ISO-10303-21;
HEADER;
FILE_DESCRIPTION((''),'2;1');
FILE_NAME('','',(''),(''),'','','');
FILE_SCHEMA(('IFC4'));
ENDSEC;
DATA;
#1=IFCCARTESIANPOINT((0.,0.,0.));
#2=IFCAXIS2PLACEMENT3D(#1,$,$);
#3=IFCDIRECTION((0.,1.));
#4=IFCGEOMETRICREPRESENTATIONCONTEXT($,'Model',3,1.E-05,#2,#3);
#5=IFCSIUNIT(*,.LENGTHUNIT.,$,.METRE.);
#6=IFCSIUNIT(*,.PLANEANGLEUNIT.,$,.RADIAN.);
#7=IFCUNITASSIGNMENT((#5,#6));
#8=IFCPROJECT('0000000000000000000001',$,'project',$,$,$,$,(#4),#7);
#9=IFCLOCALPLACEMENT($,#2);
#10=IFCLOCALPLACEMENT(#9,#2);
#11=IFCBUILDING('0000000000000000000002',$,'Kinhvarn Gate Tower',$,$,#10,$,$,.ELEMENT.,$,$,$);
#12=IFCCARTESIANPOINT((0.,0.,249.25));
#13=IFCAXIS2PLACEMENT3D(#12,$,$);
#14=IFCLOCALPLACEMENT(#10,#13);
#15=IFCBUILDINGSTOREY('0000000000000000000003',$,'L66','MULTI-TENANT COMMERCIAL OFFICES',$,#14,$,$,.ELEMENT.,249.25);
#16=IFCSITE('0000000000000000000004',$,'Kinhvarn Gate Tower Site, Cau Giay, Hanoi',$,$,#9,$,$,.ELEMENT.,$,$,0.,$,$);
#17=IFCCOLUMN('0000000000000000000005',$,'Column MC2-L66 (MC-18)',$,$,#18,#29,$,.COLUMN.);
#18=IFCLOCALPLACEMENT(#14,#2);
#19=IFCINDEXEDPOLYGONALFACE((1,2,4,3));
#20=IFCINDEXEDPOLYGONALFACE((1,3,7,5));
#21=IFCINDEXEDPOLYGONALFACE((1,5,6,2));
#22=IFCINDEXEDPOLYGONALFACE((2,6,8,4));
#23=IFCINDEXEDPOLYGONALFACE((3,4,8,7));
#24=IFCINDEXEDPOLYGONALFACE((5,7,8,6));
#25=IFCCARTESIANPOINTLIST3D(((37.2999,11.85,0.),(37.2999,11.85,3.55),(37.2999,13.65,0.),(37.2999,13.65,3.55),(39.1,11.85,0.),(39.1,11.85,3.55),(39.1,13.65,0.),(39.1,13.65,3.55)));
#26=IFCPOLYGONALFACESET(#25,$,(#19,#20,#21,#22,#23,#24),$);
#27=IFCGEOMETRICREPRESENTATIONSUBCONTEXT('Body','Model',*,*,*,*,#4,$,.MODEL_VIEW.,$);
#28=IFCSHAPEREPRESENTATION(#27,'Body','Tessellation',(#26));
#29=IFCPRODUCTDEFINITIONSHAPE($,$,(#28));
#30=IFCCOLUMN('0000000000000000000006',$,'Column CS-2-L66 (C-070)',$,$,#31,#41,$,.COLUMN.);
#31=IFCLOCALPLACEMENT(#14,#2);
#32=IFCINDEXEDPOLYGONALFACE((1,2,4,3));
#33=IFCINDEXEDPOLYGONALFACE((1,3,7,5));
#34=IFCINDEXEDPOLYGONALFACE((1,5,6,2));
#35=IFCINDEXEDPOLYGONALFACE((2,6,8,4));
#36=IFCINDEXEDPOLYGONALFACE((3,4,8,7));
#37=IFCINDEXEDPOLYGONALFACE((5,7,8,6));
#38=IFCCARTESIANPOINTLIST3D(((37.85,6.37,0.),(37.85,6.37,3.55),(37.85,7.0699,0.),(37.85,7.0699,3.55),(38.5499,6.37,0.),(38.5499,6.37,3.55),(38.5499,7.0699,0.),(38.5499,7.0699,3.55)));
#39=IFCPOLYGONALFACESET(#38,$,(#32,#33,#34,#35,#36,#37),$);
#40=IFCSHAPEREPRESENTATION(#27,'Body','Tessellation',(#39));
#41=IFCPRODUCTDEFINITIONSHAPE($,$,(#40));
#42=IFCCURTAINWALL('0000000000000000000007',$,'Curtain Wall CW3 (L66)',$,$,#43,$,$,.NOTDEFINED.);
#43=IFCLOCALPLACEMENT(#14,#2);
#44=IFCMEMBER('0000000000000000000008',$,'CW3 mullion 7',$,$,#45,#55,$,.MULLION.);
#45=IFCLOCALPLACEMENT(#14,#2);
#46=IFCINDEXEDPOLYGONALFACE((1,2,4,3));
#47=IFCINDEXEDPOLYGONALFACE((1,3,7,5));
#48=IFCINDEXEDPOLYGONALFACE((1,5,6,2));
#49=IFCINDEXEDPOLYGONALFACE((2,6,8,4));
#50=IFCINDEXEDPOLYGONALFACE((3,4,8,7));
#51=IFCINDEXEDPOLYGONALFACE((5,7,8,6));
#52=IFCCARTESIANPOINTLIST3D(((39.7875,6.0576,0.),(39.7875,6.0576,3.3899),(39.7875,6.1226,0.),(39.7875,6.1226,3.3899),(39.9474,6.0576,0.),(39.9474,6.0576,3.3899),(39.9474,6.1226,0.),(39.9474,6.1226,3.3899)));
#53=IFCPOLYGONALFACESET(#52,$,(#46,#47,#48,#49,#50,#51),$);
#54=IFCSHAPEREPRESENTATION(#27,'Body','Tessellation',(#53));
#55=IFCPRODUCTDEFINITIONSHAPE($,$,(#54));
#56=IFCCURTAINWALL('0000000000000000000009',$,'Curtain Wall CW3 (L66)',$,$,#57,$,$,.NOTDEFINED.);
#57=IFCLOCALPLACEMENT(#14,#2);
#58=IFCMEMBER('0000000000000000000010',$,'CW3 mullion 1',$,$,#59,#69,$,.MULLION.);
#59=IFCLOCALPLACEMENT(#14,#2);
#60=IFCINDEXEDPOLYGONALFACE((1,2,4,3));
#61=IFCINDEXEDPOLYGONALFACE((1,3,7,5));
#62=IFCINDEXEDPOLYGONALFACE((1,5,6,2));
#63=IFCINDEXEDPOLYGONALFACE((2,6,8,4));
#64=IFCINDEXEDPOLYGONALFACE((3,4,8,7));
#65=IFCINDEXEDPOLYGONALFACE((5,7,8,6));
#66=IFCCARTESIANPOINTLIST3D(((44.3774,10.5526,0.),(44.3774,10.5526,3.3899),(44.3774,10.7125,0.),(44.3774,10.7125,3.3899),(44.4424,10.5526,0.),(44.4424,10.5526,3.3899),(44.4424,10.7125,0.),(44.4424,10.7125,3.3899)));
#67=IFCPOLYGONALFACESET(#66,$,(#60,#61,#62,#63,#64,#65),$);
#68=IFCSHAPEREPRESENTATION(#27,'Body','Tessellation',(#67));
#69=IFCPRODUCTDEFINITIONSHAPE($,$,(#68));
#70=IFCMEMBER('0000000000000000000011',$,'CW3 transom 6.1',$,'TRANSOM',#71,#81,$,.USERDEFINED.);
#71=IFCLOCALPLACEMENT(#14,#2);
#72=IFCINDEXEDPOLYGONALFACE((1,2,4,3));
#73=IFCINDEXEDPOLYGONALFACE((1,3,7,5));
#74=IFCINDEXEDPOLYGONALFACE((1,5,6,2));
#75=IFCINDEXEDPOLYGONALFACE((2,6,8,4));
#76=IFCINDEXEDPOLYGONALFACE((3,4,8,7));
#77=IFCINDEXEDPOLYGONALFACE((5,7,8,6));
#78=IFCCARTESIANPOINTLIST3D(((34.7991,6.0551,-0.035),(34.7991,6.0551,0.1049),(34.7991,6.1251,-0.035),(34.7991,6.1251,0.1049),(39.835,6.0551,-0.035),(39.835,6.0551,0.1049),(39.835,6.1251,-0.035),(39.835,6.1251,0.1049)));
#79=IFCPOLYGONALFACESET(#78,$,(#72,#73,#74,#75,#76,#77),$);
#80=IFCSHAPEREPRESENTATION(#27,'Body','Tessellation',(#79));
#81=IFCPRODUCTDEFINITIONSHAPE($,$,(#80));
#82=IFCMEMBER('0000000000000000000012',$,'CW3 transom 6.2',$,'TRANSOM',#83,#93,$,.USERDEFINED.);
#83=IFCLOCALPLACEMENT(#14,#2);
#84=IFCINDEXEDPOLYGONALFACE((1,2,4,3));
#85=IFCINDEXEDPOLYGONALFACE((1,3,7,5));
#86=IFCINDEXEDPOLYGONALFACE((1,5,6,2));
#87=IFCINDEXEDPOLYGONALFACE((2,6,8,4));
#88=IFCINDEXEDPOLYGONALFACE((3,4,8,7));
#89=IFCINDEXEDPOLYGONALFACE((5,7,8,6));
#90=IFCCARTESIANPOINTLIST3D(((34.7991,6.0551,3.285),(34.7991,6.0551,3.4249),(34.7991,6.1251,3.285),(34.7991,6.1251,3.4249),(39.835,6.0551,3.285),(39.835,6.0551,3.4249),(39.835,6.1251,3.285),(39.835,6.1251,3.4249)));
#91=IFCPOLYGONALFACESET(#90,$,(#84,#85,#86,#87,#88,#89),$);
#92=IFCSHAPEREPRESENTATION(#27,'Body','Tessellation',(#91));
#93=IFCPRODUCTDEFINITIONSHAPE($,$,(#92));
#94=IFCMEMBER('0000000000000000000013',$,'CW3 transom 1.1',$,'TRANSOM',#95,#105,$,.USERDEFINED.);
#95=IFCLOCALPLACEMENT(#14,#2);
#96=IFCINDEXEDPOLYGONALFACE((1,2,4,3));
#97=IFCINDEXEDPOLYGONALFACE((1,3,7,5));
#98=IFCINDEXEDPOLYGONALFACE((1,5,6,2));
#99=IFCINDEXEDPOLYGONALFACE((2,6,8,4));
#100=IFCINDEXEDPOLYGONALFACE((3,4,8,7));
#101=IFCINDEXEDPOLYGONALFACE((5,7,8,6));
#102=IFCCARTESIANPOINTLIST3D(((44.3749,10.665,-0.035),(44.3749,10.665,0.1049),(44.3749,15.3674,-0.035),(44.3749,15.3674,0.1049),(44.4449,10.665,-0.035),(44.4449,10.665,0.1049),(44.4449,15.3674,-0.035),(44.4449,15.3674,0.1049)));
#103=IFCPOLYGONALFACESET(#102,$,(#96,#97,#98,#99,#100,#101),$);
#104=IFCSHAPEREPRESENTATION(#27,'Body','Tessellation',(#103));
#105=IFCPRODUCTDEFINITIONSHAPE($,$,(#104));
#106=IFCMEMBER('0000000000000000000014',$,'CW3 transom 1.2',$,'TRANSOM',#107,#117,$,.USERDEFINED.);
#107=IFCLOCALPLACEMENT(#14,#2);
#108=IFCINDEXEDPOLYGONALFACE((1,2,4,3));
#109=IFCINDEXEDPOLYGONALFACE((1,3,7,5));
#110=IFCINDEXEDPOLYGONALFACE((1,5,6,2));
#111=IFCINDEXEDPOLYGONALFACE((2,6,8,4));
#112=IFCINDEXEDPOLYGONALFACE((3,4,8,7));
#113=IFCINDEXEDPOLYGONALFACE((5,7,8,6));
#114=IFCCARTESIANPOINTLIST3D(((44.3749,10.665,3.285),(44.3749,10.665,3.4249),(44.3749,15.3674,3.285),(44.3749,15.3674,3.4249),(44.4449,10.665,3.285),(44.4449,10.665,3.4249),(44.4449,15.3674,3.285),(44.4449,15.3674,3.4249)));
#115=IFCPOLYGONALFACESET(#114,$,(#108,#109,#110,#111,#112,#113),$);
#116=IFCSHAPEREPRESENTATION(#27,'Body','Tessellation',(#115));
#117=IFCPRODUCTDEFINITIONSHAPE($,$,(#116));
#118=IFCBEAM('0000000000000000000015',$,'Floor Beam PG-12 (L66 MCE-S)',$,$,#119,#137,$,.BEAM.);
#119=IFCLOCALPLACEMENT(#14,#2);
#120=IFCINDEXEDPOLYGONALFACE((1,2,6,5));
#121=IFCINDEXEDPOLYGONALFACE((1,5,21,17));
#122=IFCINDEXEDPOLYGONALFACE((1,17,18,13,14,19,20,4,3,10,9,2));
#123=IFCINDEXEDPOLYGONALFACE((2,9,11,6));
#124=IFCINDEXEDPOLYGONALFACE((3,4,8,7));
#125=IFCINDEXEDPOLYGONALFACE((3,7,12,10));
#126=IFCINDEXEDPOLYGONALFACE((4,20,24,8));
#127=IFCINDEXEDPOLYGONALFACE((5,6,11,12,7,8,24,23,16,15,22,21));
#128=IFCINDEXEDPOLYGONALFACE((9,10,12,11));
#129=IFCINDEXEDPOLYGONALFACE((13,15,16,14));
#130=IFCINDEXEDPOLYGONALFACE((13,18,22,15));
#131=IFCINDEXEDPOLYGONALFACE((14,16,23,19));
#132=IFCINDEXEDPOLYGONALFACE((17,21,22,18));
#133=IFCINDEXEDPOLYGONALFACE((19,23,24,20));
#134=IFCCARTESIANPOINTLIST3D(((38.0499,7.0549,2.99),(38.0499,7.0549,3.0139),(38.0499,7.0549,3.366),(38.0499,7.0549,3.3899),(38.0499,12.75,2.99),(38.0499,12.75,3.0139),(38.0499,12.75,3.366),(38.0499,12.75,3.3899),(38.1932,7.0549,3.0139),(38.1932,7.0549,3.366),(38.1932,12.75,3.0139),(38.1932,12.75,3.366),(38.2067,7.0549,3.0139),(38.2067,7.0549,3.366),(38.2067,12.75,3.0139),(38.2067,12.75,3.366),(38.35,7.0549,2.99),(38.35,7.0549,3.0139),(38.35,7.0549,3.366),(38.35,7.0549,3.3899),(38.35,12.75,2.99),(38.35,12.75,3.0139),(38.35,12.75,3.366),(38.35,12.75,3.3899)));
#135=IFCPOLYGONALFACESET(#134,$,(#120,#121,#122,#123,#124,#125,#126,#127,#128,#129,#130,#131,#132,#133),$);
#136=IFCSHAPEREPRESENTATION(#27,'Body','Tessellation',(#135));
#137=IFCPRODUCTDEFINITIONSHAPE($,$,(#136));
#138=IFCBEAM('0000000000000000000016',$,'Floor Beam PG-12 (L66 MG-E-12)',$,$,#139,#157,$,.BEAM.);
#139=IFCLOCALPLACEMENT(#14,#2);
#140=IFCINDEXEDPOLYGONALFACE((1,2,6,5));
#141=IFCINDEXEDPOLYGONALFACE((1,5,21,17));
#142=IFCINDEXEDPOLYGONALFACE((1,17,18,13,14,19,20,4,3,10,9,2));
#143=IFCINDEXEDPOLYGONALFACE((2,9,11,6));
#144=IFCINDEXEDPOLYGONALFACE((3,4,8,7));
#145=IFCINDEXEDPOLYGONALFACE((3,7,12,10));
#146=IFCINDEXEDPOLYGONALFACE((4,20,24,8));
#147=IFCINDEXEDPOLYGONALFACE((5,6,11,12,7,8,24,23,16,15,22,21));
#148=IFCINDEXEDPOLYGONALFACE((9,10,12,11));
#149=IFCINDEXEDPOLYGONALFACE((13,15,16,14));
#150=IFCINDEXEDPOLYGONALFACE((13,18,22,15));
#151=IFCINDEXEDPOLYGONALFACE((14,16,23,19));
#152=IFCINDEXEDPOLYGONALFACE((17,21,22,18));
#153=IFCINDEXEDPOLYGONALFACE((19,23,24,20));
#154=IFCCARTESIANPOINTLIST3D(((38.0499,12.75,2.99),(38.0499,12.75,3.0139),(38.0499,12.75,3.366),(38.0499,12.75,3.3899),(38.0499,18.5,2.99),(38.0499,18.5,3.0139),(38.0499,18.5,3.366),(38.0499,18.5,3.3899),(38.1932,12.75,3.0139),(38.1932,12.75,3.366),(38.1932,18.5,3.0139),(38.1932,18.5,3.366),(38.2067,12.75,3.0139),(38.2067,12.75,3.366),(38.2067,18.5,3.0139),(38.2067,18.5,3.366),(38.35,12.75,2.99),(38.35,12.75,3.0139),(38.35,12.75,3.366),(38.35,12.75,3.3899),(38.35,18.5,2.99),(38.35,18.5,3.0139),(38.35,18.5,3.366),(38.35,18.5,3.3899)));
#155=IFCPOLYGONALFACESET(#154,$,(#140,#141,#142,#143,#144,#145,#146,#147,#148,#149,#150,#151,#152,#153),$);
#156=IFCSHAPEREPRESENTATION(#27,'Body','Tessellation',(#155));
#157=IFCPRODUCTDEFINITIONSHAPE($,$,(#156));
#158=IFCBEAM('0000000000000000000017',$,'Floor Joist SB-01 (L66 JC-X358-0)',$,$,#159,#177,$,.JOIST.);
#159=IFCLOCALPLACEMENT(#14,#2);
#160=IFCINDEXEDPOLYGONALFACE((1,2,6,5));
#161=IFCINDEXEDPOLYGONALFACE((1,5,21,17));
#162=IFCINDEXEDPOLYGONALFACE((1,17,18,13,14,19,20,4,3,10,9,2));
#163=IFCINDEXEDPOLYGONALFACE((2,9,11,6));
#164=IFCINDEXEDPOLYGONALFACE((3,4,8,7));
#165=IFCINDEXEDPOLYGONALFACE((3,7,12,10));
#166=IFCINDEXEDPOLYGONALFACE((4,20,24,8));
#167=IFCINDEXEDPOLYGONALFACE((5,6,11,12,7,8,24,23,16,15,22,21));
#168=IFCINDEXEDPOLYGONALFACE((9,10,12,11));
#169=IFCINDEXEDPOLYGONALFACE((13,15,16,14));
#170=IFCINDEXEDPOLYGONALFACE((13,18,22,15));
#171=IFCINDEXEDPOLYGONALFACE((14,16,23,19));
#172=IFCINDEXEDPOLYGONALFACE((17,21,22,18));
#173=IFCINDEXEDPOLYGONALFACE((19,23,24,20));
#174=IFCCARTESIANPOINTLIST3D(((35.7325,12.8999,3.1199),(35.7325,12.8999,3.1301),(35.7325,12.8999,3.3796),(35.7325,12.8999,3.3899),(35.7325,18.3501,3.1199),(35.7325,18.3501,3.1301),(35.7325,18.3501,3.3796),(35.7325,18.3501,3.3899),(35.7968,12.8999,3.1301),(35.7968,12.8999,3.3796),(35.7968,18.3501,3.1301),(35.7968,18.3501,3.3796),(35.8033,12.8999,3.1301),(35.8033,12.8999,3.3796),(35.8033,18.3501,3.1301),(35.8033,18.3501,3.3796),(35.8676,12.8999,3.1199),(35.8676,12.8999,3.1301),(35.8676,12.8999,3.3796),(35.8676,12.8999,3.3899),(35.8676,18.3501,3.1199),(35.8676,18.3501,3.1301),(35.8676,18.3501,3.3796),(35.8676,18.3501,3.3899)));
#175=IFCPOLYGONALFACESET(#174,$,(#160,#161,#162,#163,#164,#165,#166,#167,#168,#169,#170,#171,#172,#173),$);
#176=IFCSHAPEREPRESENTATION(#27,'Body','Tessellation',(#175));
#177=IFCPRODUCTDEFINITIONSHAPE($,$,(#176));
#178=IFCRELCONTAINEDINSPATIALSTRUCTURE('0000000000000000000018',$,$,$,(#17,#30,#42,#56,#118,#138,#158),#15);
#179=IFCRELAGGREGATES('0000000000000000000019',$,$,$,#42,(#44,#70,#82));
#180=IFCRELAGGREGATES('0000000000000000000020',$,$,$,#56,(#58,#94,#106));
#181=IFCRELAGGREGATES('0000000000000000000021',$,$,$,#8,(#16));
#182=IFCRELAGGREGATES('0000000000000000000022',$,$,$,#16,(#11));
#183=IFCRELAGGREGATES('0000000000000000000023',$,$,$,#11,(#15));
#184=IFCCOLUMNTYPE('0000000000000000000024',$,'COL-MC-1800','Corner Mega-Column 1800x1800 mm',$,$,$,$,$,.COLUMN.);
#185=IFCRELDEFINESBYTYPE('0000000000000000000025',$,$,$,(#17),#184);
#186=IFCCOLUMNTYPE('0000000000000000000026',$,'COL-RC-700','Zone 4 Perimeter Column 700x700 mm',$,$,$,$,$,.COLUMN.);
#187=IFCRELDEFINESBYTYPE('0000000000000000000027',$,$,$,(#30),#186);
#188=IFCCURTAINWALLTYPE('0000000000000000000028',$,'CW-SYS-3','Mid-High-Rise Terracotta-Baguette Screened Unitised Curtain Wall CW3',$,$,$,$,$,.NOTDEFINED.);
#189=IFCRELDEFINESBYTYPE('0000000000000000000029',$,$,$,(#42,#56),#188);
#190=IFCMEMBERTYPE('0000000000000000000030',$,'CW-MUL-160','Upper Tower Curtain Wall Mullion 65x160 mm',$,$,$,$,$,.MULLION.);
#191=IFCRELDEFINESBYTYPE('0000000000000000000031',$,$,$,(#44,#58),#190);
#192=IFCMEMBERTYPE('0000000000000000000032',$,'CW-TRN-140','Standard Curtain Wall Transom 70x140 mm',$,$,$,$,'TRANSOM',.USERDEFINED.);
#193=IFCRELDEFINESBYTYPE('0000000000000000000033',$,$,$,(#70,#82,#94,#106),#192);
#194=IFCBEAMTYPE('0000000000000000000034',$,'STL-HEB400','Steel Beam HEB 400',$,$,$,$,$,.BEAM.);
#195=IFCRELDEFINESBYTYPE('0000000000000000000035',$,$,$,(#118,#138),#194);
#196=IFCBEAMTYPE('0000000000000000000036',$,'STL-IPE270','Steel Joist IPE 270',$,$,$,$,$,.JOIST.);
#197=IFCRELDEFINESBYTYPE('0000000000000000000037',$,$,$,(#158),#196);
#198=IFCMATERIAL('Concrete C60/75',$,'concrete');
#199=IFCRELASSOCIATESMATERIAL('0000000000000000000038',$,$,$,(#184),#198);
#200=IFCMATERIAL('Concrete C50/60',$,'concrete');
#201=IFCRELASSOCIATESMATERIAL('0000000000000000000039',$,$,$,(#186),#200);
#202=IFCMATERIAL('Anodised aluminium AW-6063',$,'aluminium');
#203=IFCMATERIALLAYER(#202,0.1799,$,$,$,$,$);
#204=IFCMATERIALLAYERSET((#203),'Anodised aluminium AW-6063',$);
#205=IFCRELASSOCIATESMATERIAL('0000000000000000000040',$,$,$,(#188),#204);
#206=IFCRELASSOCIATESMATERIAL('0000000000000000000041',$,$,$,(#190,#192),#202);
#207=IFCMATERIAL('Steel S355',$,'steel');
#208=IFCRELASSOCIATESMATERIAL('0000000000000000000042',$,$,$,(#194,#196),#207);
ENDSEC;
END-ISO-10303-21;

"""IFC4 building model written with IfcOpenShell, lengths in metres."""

from ifc_helpers import new_model, si_unit, direction, frame, origin, origin_2d, place, context, subcontext, project, spatial, rectangle, i_section, extrude, material, layer, layer_set, material_profile, profile_set, type_object, element, aggregate, save


model = new_model("IFC4")

# Units and contexts
model_context = context("Model", 3, precision=1e-05, world=origin(), true_north=direction((0.0, 1.0)))
body_context = subcontext(model_context, "Body", "Model", "MODEL_VIEW")
ifc_project = project(units=[si_unit("LENGTHUNIT", "METRE"), si_unit("PLANEANGLEUNIT", "RADIAN")], contexts=[model_context])

# Site, building, storey
site_placement = place(None, origin())
site = spatial("IfcSite", under=ifc_project, at=site_placement, Name="Kinhvarn Gate Tower Site, Cau Giay, Hanoi", CompositionType="ELEMENT", RefElevation=0.0)
building_placement = place(site_placement, origin())
building = spatial("IfcBuilding", under=site, at=building_placement, Name="Kinhvarn Gate Tower", CompositionType="ELEMENT")
storey_placement = place(building_placement, frame((0.0, 0.0, 249.25)))
storey = spatial("IfcBuildingStorey", under=building, at=storey_placement, Name="L66", Description="MULTI-TENANT COMMERCIAL OFFICES", CompositionType="ELEMENT", Elevation=249.25)

# Columns
ifc_material_1 = material(Name="Concrete C60/75", Category="concrete")
ifc_material_profile_1 = material_profile(ifc_material_1, rectangle(XDim=1.8, YDim=1.8, at=origin_2d()), Name="RC 1800x1800")
ifc_profile_set_1 = profile_set([ifc_material_profile_1], Name="Concrete C60/75")
column_type_1 = type_object("IfcColumnType", Name="COL-MC-1800", Description="Corner Mega-Column 1800x1800 mm", PredefinedType="COLUMN", material=ifc_profile_set_1)
column_1_placement = place(storey_placement, frame((38.2, 12.75, 0.0), z_axis=(0.0, 0.0, 1.0), x_axis=(1.0, 0.0, 0.0)))
element("IfcColumn", 1, at=column_1_placement, inside=storey, type_object=column_type_1, Name="Column MC2-L66 (MC-18)", PredefinedType="COLUMN", context=body_context, shape_type="SweptSolid", body=[
    extrude(rectangle(XDim=1.8, YDim=1.8, at=origin_2d()), origin(), (0.0, 0.0, 1.0), 3.55),
])
ifc_material_2 = material(Name="Concrete C50/60", Category="concrete")
ifc_material_profile_2 = material_profile(ifc_material_2, rectangle(XDim=0.7, YDim=0.7, at=origin_2d()), Name="RC 700x700")
ifc_profile_set_2 = profile_set([ifc_material_profile_2], Name="Concrete C50/60")
column_type_2 = type_object("IfcColumnType", Name="COL-RC-700", Description="Zone 4 Perimeter Column 700x700 mm", PredefinedType="COLUMN", material=ifc_profile_set_2)
column_2_placement = place(storey_placement, frame((38.2, 6.72, 0.0), z_axis=(0.0, 0.0, 1.0), x_axis=(1.0, 0.0, 0.0)))
element("IfcColumn", 2, at=column_2_placement, inside=storey, type_object=column_type_2, Name="Column CS-2-L66 (C-070)", PredefinedType="COLUMN", context=body_context, shape_type="SweptSolid", body=[
    extrude(rectangle(XDim=0.7, YDim=0.7, at=origin_2d()), origin(), (0.0, 0.0, 1.0), 3.55),
])

# Curtain walls, members
ifc_material_3 = material(Name="Anodised aluminium AW-6063", Category="aluminium")
ifc_layer_1 = layer(ifc_material_3, 0.1799)
ifc_layer_set_1 = layer_set([ifc_layer_1], Name="Anodised aluminium AW-6063")
curtain_wall_type = type_object("IfcCurtainWallType", Name="CW-SYS-3", Description="Mid-High-Rise Terracotta-Baguette Screened Unitised Curtain Wall CW3", PredefinedType="NOTDEFINED", material=ifc_layer_set_1)
curtain_wall_1_placement = place(storey_placement, origin())
curtain_wall_1 = element("IfcCurtainWall", 3, at=curtain_wall_1_placement, inside=storey, type_object=curtain_wall_type, Name="Curtain Wall CW3 (L66)", PredefinedType="NOTDEFINED")
ifc_material_profile_3 = material_profile(ifc_material_3, rectangle(XDim=0.0649, YDim=0.1599, at=origin_2d()), Name="ALU 65x160")
ifc_profile_set_3 = profile_set([ifc_material_profile_3], Name="Anodised aluminium AW-6063")
member_type_1 = type_object("IfcMemberType", Name="CW-MUL-160", Description="Upper Tower Curtain Wall Mullion 65x160 mm", PredefinedType="MULLION", material=ifc_profile_set_3)
member_1_placement = place(storey_placement, frame((39.8674, 6.0901, 0.0), z_axis=(0.0, 0.0, 1.0), x_axis=(0.0, 1.0, 0.0)))
member_1 = element("IfcMember", 4, at=member_1_placement, type_object=member_type_1, Name="CW3 mullion 7", PredefinedType="MULLION", context=body_context, shape_type="SweptSolid", body=[
    extrude(rectangle(XDim=0.0649, YDim=0.1599, at=origin_2d()), origin(), (0.0, 0.0, 1.0), 3.3899),
])
curtain_wall_2_placement = place(storey_placement, origin())
curtain_wall_2 = element("IfcCurtainWall", 5, at=curtain_wall_2_placement, inside=storey, type_object=curtain_wall_type, Name="Curtain Wall CW3 (L66)", PredefinedType="NOTDEFINED")
member_2_placement = place(storey_placement, frame((44.4099, 10.6326, 0.0), z_axis=(0.0, 0.0, 1.0), x_axis=(-1.0, 0.0, 0.0)))
member_2 = element("IfcMember", 6, at=member_2_placement, type_object=member_type_1, Name="CW3 mullion 1", PredefinedType="MULLION", context=body_context, shape_type="SweptSolid", body=[
    extrude(rectangle(XDim=0.0649, YDim=0.1599, at=origin_2d()), origin(), (0.0, 0.0, 1.0), 3.3899),
])

# Members
ifc_material_profile_4 = material_profile(ifc_material_3, rectangle(XDim=0.0701, YDim=0.1399, at=origin_2d()), Name="ALU 70x140")
ifc_profile_set_4 = profile_set([ifc_material_profile_4], Name="Anodised aluminium AW-6063")
member_type_2 = type_object("IfcMemberType", Name="CW-TRN-140", Description="Standard Curtain Wall Transom 70x140 mm", ElementType="TRANSOM", PredefinedType="USERDEFINED", material=ifc_profile_set_4)
member_3_placement = place(storey_placement, frame((34.7991, 6.0901, 0.0349), z_axis=(1.0, 0.0, 0.0), x_axis=(0.0, 1.0, 0.0)))
member_3 = element("IfcMember", 7, at=member_3_placement, type_object=member_type_2, Name="CW3 transom 6.1", ObjectType="TRANSOM", PredefinedType="USERDEFINED", context=body_context, shape_type="SweptSolid", body=[
    extrude(rectangle(XDim=0.0701, YDim=0.1399, at=origin_2d()), origin(), (0.0, 0.0, 1.0), 5.0359),
])
member_4_placement = place(storey_placement, frame((34.7991, 6.0901, 3.355), z_axis=(1.0, 0.0, 0.0), x_axis=(0.0, 1.0, 0.0)))
member_4 = element("IfcMember", 8, at=member_4_placement, type_object=member_type_2, Name="CW3 transom 6.2", ObjectType="TRANSOM", PredefinedType="USERDEFINED", context=body_context, shape_type="SweptSolid", body=[
    extrude(rectangle(XDim=0.0701, YDim=0.1399, at=origin_2d()), origin(), (0.0, 0.0, 1.0), 5.0359),
])
member_5_placement = place(storey_placement, frame((44.4099, 10.665, 0.0349), z_axis=(0.0, 1.0, 0.0), x_axis=(-1.0, 0.0, 0.0)))
member_5 = element("IfcMember", 9, at=member_5_placement, type_object=member_type_2, Name="CW3 transom 1.1", ObjectType="TRANSOM", PredefinedType="USERDEFINED", context=body_context, shape_type="SweptSolid", body=[
    extrude(rectangle(XDim=0.0701, YDim=0.1399, at=origin_2d()), origin(), (0.0, 0.0, 1.0), 4.7024),
])
member_6_placement = place(storey_placement, frame((44.4099, 10.665, 3.355), z_axis=(0.0, 1.0, 0.0), x_axis=(-1.0, 0.0, 0.0)))
member_6 = element("IfcMember", 10, at=member_6_placement, type_object=member_type_2, Name="CW3 transom 1.2", ObjectType="TRANSOM", PredefinedType="USERDEFINED", context=body_context, shape_type="SweptSolid", body=[
    extrude(rectangle(XDim=0.0701, YDim=0.1399, at=origin_2d()), origin(), (0.0, 0.0, 1.0), 4.7024),
])

# Beams
ifc_material_4 = material(Name="Steel S355", Category="steel")
ifc_material_profile_5 = material_profile(ifc_material_4, i_section(OverallWidth=0.3, OverallDepth=0.3999, WebThickness=0.0134, FlangeThickness=0.0239, at=origin_2d()), Name="HEB 400")
ifc_profile_set_5 = profile_set([ifc_material_profile_5], Name="Steel S355")
beam_type_1 = type_object("IfcBeamType", Name="STL-HEB400", Description="Steel Beam HEB 400", PredefinedType="BEAM", material=ifc_profile_set_5)
beam_1_placement = place(storey_placement, frame((38.2, 7.0549, 3.1899), z_axis=(0.0, 1.0, 0.0), x_axis=(-1.0, 0.0, 0.0)))
element("IfcBeam", 11, at=beam_1_placement, inside=storey, type_object=beam_type_1, Name="Floor Beam PG-12 (L66 MCE-S)", PredefinedType="BEAM", context=body_context, shape_type="SweptSolid", body=[
    extrude(i_section(OverallWidth=0.3, OverallDepth=0.3999, WebThickness=0.0134, FlangeThickness=0.0239, at=origin_2d()), origin(), (0.0, 0.0, 1.0), 5.6951),
])
beam_2_placement = place(storey_placement, frame((38.2, 12.75, 3.1899), z_axis=(0.0, 1.0, 0.0), x_axis=(-1.0, 0.0, 0.0)))
element("IfcBeam", 12, at=beam_2_placement, inside=storey, type_object=beam_type_1, Name="Floor Beam PG-12 (L66 MG-E-12)", PredefinedType="BEAM", context=body_context, shape_type="SweptSolid", body=[
    extrude(i_section(OverallWidth=0.3, OverallDepth=0.3999, WebThickness=0.0134, FlangeThickness=0.0239, at=origin_2d()), origin(), (0.0, 0.0, 1.0), 5.75),
])
ifc_material_profile_6 = material_profile(ifc_material_4, i_section(OverallWidth=0.135, OverallDepth=0.27, WebThickness=0.0066, FlangeThickness=0.0103, at=origin_2d()), Name="IPE 270")
ifc_profile_set_6 = profile_set([ifc_material_profile_6], Name="Steel S355")
beam_type_2 = type_object("IfcBeamType", Name="STL-IPE270", Description="Steel Joist IPE 270", PredefinedType="JOIST", material=ifc_profile_set_6)
beam_3_placement = place(storey_placement, frame((35.8, 12.8999, 3.2549), z_axis=(0.0, 1.0, 0.0), x_axis=(-1.0, 0.0, 0.0)))
element("IfcBeam", 13, at=beam_3_placement, inside=storey, type_object=beam_type_2, Name="Floor Joist SB-01 (L66 JC-X358-0)", PredefinedType="JOIST", context=body_context, shape_type="SweptSolid", body=[
    extrude(i_section(OverallWidth=0.135, OverallDepth=0.27, WebThickness=0.0066, FlangeThickness=0.0103, at=origin_2d()), origin(), (0.0, 0.0, 1.0), 5.4502),
])

aggregate(curtain_wall_1, [member_1, member_3, member_4])
aggregate(curtain_wall_2, [member_2, member_5, member_6])

save(model, "model.ifc")
